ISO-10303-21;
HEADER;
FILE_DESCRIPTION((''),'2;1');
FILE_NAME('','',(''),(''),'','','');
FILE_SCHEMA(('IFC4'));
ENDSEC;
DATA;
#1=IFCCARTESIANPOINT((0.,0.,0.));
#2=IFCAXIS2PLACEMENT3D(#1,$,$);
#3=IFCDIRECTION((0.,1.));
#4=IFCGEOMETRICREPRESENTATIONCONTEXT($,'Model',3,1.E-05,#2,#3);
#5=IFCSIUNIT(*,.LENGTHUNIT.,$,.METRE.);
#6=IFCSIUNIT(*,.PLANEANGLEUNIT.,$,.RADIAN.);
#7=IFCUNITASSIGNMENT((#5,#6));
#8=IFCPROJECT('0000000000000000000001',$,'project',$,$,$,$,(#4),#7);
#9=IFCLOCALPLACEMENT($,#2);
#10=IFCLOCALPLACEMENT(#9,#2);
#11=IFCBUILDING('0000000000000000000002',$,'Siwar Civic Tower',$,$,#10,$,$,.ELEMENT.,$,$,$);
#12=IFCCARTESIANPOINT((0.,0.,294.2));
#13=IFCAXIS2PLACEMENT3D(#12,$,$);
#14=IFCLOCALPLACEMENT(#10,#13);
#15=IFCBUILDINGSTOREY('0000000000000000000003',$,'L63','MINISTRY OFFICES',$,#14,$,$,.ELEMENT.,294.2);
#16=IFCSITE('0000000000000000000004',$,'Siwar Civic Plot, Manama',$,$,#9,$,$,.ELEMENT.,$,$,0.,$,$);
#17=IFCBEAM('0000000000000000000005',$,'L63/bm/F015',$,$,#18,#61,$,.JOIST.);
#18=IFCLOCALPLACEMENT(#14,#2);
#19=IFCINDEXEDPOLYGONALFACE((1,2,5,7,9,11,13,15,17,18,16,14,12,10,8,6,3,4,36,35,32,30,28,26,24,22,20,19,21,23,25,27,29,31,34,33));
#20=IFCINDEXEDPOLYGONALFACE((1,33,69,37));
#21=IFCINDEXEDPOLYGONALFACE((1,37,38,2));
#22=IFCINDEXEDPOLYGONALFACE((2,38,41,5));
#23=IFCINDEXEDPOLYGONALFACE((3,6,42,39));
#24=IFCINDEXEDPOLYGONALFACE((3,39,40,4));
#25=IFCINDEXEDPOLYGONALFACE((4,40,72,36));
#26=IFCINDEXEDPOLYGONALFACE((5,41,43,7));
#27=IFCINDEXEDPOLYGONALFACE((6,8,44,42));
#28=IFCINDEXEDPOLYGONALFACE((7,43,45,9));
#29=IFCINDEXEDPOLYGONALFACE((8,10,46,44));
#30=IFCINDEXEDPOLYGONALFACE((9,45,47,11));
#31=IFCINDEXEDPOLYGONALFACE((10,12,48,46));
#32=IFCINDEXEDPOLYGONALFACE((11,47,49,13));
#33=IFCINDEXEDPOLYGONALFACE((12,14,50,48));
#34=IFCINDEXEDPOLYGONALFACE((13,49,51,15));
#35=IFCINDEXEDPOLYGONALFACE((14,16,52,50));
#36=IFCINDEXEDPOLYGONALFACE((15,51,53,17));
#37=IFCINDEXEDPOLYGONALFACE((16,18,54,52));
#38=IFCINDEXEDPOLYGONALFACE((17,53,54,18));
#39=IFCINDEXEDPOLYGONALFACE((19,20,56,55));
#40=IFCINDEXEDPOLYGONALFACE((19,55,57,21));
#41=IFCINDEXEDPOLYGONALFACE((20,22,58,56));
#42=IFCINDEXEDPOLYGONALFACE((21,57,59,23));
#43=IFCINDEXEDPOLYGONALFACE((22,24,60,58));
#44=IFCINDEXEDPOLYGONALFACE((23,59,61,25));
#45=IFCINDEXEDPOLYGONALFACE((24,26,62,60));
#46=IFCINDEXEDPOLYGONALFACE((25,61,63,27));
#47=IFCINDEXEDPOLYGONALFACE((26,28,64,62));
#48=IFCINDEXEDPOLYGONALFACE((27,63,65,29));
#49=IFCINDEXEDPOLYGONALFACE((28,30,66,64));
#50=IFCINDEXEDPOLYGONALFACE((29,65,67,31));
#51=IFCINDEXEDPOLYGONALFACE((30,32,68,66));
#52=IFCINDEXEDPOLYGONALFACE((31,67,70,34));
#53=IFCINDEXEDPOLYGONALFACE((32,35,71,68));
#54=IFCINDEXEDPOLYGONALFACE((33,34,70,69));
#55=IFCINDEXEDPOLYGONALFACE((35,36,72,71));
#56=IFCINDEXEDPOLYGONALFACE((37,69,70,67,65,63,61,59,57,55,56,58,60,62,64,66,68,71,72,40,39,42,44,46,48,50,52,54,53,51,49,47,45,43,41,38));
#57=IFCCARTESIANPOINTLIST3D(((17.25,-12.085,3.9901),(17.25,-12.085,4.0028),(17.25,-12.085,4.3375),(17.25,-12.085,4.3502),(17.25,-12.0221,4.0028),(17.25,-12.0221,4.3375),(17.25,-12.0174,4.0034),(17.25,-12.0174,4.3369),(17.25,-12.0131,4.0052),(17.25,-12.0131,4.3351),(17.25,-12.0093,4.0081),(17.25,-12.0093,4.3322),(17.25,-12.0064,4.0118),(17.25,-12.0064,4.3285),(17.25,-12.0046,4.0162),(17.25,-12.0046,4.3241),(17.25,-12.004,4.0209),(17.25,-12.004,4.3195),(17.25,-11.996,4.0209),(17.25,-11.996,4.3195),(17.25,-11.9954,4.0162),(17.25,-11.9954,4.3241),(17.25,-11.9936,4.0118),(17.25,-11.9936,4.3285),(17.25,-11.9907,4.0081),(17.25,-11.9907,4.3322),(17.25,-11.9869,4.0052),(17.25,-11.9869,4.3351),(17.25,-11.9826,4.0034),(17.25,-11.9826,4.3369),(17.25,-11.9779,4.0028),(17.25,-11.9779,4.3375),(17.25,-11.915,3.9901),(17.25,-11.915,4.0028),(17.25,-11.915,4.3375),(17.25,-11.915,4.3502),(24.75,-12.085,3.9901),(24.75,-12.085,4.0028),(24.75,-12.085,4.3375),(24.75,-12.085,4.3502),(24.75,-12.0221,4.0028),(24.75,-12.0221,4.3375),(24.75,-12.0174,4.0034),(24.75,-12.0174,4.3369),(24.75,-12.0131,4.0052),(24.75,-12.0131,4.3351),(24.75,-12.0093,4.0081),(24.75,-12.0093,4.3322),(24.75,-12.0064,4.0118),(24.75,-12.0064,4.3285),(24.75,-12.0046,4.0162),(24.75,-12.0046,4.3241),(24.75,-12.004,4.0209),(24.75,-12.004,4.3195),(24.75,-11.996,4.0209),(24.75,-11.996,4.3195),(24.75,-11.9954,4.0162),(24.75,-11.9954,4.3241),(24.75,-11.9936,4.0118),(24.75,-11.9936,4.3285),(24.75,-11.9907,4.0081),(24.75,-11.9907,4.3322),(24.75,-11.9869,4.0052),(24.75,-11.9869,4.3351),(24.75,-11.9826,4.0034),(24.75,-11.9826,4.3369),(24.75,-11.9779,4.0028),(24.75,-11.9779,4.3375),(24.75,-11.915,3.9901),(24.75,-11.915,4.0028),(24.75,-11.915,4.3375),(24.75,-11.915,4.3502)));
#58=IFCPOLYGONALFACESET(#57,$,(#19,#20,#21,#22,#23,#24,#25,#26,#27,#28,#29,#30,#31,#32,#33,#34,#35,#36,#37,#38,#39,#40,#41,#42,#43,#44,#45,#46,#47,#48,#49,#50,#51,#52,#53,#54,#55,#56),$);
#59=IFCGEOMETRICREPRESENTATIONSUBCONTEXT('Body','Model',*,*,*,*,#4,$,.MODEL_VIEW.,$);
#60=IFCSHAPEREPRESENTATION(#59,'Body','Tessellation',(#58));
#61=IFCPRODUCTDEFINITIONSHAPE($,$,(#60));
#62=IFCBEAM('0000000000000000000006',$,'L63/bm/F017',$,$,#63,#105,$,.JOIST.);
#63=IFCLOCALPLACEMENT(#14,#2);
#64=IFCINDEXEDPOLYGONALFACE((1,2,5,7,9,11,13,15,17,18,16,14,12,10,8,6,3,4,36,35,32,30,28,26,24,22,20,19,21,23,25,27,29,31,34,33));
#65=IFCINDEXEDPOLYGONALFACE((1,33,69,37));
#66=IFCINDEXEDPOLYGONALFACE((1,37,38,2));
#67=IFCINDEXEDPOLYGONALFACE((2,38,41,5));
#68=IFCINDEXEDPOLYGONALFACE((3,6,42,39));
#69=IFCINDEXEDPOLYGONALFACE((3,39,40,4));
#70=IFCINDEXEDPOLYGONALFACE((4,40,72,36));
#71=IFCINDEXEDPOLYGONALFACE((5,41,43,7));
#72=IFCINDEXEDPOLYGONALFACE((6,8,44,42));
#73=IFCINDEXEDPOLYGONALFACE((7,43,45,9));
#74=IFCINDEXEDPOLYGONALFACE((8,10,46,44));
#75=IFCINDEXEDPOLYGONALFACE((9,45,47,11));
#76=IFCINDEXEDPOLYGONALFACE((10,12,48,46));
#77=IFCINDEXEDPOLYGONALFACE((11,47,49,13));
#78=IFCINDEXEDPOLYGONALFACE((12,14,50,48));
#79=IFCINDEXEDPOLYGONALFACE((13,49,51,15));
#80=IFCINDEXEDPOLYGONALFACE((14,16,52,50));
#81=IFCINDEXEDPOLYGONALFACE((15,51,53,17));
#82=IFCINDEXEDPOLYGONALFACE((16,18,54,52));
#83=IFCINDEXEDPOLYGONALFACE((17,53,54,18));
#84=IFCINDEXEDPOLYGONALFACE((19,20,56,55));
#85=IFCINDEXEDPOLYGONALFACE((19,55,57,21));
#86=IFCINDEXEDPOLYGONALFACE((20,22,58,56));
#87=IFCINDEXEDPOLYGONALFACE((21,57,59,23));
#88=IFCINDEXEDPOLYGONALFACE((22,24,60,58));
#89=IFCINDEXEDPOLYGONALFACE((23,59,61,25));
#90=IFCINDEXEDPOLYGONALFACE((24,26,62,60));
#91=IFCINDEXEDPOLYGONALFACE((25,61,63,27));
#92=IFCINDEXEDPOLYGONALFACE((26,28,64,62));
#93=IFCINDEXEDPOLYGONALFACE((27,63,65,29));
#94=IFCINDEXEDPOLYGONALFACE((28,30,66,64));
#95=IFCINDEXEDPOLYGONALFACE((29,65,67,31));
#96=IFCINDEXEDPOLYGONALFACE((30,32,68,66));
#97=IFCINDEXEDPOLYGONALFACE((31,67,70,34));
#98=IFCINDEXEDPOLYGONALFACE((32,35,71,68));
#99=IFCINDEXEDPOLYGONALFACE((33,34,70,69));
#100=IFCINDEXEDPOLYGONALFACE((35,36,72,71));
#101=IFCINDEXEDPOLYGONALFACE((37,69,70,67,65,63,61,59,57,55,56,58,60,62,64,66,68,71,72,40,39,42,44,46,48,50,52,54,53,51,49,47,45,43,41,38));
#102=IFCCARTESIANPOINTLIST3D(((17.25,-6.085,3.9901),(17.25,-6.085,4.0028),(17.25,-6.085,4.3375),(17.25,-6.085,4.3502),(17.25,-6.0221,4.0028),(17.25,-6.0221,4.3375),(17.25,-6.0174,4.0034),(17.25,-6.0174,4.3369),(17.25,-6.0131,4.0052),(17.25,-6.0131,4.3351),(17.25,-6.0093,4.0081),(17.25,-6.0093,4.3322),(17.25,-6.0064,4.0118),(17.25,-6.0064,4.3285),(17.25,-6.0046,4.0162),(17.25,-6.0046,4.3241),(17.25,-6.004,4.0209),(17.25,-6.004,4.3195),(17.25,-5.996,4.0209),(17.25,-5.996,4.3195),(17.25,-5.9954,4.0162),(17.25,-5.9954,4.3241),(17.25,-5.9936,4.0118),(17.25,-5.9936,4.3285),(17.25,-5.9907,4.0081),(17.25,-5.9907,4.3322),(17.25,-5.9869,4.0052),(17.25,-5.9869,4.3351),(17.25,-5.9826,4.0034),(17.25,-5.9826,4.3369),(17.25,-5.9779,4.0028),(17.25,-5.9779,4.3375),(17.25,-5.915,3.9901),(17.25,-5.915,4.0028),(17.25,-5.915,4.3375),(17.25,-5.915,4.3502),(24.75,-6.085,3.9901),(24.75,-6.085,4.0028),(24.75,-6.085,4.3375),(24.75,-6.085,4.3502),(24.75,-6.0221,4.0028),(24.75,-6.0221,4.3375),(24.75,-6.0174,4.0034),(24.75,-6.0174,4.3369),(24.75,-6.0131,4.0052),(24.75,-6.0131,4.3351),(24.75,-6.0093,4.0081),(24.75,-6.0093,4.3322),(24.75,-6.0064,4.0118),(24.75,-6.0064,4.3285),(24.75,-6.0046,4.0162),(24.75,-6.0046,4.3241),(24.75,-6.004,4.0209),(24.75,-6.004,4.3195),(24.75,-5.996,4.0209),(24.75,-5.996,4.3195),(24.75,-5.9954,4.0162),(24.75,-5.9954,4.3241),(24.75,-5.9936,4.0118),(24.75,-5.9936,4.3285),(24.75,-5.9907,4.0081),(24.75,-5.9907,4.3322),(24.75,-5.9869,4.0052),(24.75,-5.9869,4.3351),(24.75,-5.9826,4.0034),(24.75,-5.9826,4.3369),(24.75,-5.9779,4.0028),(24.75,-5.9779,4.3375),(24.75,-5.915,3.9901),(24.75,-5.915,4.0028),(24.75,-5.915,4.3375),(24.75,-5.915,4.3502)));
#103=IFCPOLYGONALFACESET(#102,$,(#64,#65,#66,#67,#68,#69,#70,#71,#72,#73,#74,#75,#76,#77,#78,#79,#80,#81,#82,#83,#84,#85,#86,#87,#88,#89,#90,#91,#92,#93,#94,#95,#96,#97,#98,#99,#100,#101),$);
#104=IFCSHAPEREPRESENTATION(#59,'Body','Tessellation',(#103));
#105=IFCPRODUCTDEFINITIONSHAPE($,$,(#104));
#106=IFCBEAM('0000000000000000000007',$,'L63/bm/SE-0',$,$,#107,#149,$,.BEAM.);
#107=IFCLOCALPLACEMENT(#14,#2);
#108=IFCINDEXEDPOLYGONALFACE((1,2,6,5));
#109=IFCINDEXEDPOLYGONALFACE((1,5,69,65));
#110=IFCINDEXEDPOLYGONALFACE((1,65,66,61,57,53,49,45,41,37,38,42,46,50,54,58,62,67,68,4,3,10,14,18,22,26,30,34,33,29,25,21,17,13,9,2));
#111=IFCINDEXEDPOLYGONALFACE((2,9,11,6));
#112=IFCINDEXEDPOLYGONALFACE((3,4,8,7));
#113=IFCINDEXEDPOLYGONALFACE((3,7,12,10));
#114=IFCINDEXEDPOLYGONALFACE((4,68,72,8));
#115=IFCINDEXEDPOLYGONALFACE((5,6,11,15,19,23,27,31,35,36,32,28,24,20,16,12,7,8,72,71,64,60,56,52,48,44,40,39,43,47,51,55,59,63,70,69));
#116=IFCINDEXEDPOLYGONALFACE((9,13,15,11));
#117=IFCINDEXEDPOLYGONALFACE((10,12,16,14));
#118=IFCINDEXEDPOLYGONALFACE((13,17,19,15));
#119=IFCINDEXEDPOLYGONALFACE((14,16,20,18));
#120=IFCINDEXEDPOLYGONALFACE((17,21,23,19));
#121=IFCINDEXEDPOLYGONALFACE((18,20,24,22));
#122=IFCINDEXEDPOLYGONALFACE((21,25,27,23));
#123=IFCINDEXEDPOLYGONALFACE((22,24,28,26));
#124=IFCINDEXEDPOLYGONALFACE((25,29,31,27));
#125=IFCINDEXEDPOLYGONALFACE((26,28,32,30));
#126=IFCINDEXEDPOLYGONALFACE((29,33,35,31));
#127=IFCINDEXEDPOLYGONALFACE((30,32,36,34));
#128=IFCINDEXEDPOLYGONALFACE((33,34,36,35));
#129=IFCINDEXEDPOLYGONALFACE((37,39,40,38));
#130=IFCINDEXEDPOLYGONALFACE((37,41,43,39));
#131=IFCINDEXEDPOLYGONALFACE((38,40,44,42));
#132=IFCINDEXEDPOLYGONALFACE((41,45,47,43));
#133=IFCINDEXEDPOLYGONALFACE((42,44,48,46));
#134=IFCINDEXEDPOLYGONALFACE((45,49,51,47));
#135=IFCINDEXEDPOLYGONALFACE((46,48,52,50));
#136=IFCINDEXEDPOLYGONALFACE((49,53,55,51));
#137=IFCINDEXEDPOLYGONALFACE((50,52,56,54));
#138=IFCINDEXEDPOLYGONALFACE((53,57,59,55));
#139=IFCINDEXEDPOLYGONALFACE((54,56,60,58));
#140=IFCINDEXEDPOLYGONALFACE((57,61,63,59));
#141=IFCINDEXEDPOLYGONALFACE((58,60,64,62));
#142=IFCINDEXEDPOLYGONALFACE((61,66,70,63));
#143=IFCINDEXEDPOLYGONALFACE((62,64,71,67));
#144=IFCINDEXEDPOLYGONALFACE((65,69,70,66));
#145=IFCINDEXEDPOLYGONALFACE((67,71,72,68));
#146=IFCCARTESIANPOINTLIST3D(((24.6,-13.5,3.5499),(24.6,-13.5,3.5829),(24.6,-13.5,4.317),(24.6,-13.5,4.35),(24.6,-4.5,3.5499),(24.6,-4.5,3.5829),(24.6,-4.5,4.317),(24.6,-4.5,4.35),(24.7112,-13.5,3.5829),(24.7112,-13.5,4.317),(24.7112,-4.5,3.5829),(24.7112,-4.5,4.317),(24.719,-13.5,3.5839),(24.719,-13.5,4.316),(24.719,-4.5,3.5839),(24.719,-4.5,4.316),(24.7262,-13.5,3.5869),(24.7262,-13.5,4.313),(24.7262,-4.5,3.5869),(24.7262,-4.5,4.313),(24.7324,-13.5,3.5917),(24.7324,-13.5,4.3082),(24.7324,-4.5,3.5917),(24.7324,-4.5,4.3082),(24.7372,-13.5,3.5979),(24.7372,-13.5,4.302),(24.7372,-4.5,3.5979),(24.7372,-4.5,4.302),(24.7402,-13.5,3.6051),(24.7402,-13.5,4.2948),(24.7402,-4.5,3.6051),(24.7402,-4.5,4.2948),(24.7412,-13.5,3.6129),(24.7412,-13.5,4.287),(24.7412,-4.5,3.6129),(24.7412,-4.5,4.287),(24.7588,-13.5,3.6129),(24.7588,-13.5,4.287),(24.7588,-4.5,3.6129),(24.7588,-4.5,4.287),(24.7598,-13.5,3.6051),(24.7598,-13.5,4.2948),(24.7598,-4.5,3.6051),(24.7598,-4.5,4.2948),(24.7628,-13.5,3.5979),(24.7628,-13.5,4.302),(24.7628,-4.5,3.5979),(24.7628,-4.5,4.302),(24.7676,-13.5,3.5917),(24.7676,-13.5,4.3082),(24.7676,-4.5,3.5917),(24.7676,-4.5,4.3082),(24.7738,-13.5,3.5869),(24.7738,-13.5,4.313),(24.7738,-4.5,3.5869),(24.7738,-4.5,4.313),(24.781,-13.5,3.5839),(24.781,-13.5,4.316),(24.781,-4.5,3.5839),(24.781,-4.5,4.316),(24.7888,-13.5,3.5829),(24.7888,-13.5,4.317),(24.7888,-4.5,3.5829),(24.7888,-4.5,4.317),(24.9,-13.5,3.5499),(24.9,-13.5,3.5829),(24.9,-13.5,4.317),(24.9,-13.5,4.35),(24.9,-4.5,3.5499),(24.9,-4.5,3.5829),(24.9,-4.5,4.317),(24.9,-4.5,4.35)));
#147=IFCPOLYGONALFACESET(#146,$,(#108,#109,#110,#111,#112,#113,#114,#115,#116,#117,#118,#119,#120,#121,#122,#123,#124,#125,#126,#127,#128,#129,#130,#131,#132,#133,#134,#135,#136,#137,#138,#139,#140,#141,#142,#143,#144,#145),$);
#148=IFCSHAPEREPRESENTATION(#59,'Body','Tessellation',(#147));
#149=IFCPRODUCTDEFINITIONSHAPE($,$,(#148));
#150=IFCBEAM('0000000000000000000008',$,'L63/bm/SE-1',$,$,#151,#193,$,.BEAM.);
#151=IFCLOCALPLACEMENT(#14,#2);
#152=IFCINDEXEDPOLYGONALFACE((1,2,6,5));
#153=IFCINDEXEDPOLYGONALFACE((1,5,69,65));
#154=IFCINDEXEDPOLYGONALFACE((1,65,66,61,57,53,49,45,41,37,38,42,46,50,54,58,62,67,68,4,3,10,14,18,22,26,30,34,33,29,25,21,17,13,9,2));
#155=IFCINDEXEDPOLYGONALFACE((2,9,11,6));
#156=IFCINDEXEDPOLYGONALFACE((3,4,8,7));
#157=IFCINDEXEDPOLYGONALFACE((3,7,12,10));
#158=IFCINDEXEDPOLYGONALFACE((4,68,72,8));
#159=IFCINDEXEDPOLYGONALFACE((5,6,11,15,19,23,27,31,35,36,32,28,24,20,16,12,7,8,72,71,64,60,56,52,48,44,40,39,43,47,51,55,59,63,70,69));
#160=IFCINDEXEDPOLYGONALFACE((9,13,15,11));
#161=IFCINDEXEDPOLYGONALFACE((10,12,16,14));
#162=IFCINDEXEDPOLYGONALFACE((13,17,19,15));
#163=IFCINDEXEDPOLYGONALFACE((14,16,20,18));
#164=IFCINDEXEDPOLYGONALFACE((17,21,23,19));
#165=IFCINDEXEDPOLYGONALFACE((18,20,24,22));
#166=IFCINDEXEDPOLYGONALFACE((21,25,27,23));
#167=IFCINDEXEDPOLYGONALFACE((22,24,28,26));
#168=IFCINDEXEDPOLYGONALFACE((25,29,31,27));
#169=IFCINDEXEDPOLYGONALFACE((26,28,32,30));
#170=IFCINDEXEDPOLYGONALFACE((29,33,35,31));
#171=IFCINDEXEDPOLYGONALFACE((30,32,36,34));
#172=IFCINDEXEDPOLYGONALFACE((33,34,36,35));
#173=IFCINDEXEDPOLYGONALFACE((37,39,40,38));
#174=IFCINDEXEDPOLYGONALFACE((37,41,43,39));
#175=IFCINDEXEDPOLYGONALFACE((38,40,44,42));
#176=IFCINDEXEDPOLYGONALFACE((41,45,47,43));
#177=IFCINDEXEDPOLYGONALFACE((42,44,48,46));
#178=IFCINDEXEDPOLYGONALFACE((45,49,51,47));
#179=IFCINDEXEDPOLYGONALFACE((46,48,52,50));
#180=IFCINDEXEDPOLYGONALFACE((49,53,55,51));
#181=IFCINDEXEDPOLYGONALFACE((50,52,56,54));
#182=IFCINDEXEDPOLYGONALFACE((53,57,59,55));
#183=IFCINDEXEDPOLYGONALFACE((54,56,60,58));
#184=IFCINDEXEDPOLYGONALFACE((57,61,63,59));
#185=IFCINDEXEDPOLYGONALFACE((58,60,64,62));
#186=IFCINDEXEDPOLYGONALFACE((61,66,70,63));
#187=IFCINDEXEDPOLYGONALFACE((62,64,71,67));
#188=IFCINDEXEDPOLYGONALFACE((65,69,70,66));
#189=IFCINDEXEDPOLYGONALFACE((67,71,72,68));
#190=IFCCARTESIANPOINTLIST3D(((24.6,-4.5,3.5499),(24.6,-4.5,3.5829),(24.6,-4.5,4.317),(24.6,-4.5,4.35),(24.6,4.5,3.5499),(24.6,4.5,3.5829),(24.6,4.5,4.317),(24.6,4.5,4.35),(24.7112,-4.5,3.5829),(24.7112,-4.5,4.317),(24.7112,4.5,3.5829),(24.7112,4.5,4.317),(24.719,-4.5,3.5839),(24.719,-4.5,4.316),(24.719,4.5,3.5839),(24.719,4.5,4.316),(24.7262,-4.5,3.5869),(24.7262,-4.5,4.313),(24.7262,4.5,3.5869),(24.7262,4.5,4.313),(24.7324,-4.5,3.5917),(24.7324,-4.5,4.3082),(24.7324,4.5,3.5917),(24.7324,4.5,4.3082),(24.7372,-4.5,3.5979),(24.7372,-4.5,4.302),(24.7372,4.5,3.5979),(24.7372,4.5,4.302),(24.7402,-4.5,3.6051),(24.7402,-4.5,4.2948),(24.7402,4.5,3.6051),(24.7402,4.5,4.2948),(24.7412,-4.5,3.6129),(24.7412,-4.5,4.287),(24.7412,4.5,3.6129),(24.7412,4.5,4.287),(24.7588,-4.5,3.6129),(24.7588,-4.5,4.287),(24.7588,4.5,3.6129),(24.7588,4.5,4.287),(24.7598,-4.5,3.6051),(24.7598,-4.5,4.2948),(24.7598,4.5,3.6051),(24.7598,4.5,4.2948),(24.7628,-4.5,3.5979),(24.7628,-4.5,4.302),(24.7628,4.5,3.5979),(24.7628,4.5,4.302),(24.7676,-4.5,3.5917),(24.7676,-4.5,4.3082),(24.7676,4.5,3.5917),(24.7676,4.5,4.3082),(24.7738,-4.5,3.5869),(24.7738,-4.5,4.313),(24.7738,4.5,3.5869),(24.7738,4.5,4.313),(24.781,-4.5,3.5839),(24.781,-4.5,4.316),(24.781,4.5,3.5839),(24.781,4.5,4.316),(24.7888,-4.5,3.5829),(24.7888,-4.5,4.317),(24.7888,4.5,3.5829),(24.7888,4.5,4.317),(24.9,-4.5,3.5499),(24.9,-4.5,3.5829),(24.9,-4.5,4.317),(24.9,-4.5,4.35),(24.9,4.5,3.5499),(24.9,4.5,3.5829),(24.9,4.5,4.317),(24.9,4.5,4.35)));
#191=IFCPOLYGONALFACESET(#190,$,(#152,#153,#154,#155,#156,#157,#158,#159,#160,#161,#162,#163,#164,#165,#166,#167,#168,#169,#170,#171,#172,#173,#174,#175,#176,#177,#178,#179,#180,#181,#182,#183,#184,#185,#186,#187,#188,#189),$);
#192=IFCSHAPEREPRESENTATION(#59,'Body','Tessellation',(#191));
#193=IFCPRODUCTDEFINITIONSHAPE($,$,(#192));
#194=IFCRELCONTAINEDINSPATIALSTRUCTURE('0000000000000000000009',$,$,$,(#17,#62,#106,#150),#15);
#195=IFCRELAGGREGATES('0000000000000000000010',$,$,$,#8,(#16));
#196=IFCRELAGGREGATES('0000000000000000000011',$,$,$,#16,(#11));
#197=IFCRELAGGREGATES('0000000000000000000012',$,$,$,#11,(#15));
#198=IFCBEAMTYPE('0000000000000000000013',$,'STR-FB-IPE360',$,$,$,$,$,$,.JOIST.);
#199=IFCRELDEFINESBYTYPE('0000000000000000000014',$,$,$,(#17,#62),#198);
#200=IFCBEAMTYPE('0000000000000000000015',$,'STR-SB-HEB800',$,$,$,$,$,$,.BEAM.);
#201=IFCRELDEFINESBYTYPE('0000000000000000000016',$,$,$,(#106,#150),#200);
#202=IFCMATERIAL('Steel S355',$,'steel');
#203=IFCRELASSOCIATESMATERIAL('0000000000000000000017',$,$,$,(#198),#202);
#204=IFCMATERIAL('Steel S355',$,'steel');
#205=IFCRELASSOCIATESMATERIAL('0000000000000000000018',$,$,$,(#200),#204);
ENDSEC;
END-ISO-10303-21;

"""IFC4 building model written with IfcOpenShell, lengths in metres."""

from ifc_helpers import new_model, si_unit, direction, frame, origin, origin_2d, place, context, subcontext, project, spatial, i_section, extrude, material, material_profile, profile_set, type_object, element, save


model = new_model("IFC4")

# Units and contexts
model_context = context("Model", 3, precision=1e-05, world=origin(), true_north=direction((0.0, 1.0)))
body_context = subcontext(model_context, "Body", "Model", "MODEL_VIEW")
ifc_project = project(units=[si_unit("LENGTHUNIT", "METRE"), si_unit("PLANEANGLEUNIT", "RADIAN")], contexts=[model_context])

# Site, building, storey
site_placement = place(None, origin())
site = spatial("IfcSite", under=ifc_project, at=site_placement, Name="Siwar Civic Plot, Manama", CompositionType="ELEMENT", RefElevation=0.0)
building_placement = place(site_placement, origin())
building = spatial("IfcBuilding", under=site, at=building_placement, Name="Siwar Civic Tower", CompositionType="ELEMENT")
storey_placement = place(building_placement, frame((0.0, 0.0, 294.2)))
storey = spatial("IfcBuildingStorey", under=building, at=storey_placement, Name="L63", Description="MINISTRY OFFICES", CompositionType="ELEMENT", Elevation=294.2)

# Beams
ifc_material_1 = material(Name="Steel S355", Category="steel")
ifc_material_profile_1 = material_profile(ifc_material_1, i_section(OverallWidth=0.1699, OverallDepth=0.3601, WebThickness=0.0081, FlangeThickness=0.0127, FilletRadius=0.0181, at=origin_2d()), Name="IPE360")
ifc_profile_set_1 = profile_set([ifc_material_profile_1], Name="Steel S355")
beam_type_1 = type_object("IfcBeamType", Name="STR-FB-IPE360", PredefinedType="JOIST", material=ifc_profile_set_1)
for number, where, z_axis, x_axis, name in (
    (1, (17.25, -12.0, 4.1702), (1.0, 0.0, 0.0), (0.0, 1.0, 0.0), "L63/bm/F015"),
    (2, (17.25, -6.0, 4.1702), (1.0, 0.0, 0.0), (0.0, 1.0, 0.0), "L63/bm/F017"),
):
    element("IfcBeam", number, at=place(storey_placement, frame(where, z_axis=z_axis, x_axis=x_axis)), inside=storey, type_object=beam_type_1, Name=name, PredefinedType="JOIST", context=body_context, shape_type="SweptSolid", body=[
        extrude(i_section(OverallWidth=0.1699, OverallDepth=0.3601, WebThickness=0.0081, FlangeThickness=0.0127, FilletRadius=0.0181, at=origin_2d()), origin(), (0.0, 0.0, 1.0), 7.5),
    ])
ifc_material_2 = material(Name="Steel S355", Category="steel")
ifc_material_profile_2 = material_profile(ifc_material_2, i_section(OverallWidth=0.3, OverallDepth=0.8, WebThickness=0.0176, FlangeThickness=0.033, FilletRadius=0.03, at=origin_2d()), Name="HEB800")
ifc_profile_set_2 = profile_set([ifc_material_profile_2], Name="Steel S355")
beam_type_2 = type_object("IfcBeamType", Name="STR-SB-HEB800", PredefinedType="BEAM", material=ifc_profile_set_2)
for number, where, z_axis, x_axis, name in (
    (3, (24.75, -13.5, 3.95), (0.0, 1.0, 0.0), (-1.0, 0.0, 0.0), "L63/bm/SE-0"),
    (4, (24.75, -4.5, 3.95), (0.0, 1.0, 0.0), (-1.0, 0.0, 0.0), "L63/bm/SE-1"),
):
    element("IfcBeam", number, at=place(storey_placement, frame(where, z_axis=z_axis, x_axis=x_axis)), inside=storey, type_object=beam_type_2, Name=name, PredefinedType="BEAM", context=body_context, shape_type="SweptSolid", body=[
        extrude(i_section(OverallWidth=0.3, OverallDepth=0.8, WebThickness=0.0176, FlangeThickness=0.033, FilletRadius=0.03, at=origin_2d()), origin(), (0.0, 0.0, 1.0), 9.0),
    ])

save(model, "model.ifc")
